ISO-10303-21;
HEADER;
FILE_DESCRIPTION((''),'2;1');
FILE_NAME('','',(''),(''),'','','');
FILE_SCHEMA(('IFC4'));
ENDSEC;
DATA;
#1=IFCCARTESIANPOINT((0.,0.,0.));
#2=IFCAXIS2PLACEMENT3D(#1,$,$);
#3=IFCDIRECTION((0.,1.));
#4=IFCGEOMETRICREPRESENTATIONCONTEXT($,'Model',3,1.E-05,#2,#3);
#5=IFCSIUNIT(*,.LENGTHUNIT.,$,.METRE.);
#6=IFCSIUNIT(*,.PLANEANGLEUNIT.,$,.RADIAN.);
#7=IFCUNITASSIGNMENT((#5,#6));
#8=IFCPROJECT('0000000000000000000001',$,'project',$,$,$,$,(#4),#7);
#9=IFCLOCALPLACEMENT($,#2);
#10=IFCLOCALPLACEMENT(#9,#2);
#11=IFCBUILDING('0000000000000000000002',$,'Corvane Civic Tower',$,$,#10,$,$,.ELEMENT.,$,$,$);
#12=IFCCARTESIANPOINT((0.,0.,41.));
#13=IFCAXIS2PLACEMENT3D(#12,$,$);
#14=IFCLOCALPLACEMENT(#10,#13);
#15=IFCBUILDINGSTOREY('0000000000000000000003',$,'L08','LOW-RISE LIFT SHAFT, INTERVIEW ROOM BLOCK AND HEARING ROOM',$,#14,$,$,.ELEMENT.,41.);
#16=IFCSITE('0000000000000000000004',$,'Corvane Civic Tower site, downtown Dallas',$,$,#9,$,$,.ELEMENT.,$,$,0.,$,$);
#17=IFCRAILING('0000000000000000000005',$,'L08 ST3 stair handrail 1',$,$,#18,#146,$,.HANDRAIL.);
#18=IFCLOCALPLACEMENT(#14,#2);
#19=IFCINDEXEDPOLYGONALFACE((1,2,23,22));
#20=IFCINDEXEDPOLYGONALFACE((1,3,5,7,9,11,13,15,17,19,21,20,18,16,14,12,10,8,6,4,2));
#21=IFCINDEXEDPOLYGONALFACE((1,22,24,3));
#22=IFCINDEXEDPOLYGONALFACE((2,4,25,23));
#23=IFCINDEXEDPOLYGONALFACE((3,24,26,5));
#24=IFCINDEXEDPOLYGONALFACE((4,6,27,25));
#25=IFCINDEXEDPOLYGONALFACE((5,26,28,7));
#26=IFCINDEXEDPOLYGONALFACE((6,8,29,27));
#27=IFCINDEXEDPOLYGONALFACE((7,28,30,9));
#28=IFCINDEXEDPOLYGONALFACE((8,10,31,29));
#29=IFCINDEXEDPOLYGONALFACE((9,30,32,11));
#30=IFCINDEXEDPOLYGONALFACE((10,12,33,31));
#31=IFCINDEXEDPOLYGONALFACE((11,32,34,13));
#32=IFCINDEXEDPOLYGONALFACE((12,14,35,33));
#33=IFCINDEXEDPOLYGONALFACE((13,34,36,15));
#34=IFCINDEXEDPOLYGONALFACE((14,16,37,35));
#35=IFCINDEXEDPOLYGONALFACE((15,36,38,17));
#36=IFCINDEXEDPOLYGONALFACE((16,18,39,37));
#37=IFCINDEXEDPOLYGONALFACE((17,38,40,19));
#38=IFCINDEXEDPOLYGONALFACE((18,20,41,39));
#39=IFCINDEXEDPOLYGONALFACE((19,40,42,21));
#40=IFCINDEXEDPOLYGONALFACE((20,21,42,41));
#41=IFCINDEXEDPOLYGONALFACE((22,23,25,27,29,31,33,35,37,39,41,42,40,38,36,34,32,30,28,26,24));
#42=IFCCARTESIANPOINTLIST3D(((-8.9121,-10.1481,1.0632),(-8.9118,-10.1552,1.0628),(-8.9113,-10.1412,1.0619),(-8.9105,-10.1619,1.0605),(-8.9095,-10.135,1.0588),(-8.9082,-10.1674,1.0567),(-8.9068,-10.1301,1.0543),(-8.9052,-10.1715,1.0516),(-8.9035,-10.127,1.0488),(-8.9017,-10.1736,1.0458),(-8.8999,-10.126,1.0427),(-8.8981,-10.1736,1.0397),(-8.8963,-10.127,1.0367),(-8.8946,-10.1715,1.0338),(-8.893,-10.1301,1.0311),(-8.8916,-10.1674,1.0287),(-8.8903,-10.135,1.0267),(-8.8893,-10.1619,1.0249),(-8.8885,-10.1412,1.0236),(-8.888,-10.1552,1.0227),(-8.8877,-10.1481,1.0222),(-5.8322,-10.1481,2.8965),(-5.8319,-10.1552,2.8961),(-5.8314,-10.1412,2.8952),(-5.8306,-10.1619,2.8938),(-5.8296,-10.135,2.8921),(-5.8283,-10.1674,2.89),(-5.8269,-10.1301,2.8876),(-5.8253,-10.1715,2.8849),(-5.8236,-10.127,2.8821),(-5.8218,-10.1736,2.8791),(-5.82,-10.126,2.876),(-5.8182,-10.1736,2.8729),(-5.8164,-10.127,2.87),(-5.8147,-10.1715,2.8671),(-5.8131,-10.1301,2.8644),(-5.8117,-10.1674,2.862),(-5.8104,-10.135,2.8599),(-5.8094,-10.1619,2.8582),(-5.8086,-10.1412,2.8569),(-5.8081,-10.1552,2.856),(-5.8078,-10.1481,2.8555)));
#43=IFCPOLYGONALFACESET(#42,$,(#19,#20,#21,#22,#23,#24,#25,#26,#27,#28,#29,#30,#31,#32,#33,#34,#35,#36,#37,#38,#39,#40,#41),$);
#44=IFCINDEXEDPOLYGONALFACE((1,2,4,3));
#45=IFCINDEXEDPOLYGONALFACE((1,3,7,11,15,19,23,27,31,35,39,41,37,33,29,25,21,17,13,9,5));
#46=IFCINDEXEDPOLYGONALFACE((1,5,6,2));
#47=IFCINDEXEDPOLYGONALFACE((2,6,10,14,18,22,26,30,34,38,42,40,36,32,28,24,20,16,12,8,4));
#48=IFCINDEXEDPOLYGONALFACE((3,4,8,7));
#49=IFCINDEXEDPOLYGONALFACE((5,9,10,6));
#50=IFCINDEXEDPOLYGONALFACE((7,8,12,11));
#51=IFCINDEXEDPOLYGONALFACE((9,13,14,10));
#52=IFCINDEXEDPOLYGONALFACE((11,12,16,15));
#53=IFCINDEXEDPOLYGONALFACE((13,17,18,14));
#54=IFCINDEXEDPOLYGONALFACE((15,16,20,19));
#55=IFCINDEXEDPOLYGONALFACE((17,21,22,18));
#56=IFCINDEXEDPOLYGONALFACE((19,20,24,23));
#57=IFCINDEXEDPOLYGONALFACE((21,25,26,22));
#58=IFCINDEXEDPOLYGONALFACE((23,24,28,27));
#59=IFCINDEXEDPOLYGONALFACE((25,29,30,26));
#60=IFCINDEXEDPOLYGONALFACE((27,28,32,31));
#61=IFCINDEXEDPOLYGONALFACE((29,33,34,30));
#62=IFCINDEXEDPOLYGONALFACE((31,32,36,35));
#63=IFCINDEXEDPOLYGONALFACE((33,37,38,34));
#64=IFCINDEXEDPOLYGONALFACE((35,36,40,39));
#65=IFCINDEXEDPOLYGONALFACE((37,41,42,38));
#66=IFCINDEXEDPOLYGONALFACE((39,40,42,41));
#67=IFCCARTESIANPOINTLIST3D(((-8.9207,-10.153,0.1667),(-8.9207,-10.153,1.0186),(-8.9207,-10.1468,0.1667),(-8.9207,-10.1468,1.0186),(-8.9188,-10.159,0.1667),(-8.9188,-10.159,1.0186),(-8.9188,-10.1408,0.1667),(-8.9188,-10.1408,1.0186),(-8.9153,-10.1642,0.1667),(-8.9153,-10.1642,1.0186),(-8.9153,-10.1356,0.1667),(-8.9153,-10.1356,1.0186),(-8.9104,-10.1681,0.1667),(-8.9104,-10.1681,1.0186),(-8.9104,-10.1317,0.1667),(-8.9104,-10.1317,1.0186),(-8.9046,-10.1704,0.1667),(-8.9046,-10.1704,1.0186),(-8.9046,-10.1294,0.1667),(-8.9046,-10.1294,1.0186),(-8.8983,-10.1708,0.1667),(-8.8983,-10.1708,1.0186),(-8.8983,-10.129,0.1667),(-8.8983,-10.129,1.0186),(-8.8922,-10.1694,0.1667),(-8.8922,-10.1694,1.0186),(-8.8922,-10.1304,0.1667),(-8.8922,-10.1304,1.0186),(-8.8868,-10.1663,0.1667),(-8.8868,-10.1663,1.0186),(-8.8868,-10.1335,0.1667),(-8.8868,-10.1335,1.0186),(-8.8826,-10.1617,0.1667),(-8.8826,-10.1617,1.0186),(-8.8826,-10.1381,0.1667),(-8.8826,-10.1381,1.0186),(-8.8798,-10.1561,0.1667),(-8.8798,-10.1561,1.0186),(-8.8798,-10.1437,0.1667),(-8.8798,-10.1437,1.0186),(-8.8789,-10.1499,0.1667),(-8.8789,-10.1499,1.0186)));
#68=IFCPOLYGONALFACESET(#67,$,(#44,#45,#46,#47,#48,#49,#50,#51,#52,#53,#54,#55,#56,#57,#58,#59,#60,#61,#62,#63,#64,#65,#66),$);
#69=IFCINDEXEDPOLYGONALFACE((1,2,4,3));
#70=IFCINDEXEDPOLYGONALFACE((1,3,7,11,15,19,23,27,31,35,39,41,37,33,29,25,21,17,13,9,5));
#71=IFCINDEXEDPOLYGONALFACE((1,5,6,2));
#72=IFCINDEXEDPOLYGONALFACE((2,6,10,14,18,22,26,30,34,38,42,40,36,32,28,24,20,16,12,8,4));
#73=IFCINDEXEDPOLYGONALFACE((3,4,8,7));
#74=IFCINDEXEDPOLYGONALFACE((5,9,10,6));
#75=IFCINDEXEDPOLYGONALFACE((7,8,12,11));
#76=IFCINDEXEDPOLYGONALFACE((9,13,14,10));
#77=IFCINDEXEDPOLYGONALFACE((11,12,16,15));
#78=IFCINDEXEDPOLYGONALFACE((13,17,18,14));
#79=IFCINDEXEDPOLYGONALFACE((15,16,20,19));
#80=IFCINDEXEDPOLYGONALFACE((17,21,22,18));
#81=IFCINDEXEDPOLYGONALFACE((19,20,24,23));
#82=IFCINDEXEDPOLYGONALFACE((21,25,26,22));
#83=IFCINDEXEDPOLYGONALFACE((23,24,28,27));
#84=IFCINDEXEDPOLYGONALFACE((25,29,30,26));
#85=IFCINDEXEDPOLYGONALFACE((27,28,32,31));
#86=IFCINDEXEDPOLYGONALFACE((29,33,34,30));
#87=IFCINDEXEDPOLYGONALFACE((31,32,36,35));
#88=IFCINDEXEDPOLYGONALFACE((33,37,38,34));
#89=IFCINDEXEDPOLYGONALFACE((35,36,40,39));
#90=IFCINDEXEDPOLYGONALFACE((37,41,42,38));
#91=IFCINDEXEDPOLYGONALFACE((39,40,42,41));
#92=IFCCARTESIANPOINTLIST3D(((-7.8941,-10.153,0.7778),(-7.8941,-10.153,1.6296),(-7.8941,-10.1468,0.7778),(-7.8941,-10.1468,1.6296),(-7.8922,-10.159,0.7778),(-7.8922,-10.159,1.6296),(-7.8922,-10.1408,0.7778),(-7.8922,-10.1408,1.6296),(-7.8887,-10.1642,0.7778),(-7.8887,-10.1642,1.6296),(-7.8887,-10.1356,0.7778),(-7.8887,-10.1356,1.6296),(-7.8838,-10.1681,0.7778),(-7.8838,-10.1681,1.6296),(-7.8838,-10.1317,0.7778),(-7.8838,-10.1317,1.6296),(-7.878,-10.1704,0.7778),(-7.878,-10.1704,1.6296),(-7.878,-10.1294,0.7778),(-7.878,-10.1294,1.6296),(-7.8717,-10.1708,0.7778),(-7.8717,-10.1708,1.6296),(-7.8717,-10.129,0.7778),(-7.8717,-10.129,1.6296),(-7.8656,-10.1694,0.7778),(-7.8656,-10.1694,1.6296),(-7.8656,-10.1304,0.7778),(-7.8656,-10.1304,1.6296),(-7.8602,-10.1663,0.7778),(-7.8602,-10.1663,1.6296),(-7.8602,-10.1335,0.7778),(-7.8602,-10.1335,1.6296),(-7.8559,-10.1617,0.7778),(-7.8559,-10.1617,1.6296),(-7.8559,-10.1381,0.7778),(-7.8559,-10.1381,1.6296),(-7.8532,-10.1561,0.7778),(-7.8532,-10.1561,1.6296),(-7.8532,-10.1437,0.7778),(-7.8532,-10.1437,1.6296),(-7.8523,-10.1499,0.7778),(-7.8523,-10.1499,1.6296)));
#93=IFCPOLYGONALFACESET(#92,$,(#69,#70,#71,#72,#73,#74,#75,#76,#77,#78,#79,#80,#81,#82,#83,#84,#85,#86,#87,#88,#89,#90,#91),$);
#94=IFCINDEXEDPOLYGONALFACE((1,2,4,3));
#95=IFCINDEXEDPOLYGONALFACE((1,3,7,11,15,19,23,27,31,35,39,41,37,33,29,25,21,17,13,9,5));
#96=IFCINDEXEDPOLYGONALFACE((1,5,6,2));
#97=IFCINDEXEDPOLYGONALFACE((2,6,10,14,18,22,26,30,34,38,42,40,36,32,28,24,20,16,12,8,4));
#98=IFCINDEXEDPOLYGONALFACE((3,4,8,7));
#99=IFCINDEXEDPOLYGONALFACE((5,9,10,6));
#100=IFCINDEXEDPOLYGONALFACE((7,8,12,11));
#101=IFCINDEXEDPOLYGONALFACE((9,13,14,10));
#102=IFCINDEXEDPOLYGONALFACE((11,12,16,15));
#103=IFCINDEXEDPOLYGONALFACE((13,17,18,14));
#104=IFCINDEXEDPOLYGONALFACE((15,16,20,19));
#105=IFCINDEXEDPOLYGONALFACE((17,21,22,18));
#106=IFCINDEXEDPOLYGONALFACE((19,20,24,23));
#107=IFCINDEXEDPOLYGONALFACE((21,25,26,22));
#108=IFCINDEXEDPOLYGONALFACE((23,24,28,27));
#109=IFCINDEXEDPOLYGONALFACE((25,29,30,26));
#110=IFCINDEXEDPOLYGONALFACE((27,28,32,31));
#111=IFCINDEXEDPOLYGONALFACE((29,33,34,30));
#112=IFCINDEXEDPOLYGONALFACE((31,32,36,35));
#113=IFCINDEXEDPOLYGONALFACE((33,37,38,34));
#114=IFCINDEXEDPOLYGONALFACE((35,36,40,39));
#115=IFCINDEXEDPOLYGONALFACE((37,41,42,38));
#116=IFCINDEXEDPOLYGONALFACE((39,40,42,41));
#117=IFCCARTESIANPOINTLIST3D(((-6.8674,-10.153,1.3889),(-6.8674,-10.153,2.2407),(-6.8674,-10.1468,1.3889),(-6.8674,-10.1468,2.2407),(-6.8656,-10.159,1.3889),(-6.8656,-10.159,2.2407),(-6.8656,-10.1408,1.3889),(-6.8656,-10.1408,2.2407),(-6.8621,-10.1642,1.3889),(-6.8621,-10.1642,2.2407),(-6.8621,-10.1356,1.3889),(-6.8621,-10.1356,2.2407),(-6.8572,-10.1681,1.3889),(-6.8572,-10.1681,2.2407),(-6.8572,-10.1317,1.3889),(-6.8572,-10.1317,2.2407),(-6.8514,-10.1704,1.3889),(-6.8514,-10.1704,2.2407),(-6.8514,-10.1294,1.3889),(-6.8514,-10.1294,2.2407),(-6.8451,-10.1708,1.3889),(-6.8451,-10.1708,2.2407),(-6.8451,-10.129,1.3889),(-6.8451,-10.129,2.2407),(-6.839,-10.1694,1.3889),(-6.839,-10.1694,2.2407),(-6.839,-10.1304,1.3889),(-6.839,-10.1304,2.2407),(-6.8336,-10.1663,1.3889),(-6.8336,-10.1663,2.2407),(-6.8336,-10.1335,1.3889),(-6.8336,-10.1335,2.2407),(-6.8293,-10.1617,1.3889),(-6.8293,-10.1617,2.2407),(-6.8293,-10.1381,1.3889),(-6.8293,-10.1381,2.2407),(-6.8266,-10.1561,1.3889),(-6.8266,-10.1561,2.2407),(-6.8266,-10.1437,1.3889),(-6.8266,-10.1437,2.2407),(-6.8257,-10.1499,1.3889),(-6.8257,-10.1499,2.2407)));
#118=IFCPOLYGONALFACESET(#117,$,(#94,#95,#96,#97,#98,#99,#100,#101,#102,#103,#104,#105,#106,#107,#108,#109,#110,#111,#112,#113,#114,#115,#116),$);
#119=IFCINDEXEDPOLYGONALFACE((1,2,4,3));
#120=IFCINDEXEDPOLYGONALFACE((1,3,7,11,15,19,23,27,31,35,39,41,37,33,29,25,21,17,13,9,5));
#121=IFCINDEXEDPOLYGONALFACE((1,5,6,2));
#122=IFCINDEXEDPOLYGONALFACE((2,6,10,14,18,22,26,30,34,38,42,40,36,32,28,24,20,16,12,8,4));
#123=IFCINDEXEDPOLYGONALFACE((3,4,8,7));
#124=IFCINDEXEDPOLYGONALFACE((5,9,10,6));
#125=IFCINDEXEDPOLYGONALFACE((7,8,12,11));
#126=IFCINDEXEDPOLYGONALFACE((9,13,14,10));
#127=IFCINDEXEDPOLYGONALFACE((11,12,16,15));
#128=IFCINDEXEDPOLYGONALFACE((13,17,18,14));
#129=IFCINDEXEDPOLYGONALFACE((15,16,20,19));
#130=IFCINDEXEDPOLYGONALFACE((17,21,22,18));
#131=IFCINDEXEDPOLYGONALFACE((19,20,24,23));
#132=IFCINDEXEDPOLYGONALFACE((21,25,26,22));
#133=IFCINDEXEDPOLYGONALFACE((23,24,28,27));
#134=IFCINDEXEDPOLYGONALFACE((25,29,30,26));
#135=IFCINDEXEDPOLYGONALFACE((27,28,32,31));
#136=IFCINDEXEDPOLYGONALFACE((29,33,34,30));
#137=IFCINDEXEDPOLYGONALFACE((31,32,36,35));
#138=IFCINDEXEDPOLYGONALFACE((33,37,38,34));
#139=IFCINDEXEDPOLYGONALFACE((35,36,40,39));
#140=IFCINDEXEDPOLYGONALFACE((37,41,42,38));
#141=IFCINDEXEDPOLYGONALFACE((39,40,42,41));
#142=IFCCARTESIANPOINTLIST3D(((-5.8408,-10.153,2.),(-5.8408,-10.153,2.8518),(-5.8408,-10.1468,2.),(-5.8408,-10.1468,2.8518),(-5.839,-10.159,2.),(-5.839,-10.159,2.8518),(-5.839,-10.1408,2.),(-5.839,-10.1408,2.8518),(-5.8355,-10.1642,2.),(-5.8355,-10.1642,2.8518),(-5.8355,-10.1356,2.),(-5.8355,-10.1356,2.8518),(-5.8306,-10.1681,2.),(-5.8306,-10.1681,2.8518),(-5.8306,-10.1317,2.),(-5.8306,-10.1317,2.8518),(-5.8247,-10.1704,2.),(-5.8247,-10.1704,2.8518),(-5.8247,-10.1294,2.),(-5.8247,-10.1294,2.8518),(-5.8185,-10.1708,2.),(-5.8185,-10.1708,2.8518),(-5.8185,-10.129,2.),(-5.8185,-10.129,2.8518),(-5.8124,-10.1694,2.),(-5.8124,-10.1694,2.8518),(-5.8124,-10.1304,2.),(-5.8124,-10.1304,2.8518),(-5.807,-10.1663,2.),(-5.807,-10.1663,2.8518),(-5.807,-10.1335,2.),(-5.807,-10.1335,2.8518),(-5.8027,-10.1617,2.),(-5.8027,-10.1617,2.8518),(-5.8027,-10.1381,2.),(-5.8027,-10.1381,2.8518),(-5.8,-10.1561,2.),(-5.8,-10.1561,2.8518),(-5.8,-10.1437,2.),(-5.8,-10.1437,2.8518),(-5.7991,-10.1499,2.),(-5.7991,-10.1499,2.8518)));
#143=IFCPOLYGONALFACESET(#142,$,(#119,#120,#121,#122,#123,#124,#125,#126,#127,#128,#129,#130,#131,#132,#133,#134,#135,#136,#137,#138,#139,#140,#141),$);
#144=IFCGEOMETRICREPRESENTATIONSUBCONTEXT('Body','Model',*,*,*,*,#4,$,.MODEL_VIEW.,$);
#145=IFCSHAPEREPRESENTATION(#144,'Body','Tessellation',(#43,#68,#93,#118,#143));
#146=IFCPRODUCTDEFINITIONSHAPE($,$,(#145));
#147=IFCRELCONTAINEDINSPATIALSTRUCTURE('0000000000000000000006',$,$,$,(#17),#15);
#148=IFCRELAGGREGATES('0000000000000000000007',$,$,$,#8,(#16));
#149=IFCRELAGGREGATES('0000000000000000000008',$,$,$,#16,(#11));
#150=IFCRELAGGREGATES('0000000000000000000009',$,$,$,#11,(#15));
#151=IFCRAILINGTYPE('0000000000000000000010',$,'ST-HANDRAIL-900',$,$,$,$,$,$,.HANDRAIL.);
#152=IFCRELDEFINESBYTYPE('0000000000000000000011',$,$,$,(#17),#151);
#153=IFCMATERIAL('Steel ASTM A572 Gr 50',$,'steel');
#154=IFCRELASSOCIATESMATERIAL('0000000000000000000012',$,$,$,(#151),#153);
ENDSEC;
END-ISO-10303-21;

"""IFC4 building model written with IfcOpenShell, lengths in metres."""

from ifc_helpers import new_model, si_unit, direction, frame, origin, origin_2d, place, context, subcontext, project, spatial, circle, extrude, material, type_object, element, save


model = new_model("IFC4")

# Units and contexts
model_context = context("Model", 3, precision=1e-05, world=origin(), true_north=direction((0.0, 1.0)))
body_context = subcontext(model_context, "Body", "Model", "MODEL_VIEW")
ifc_project = project(units=[si_unit("LENGTHUNIT", "METRE"), si_unit("PLANEANGLEUNIT", "RADIAN")], contexts=[model_context])

# Site, building, storey
site_placement = place(None, origin())
site = spatial("IfcSite", under=ifc_project, at=site_placement, Name="Corvane Civic Tower site, downtown Dallas", CompositionType="ELEMENT", RefElevation=0.0)
building_placement = place(site_placement, origin())
building = spatial("IfcBuilding", under=site, at=building_placement, Name="Corvane Civic Tower", CompositionType="ELEMENT")
storey_placement = place(building_placement, frame((0.0, 0.0, 41.0)))
storey = spatial("IfcBuildingStorey", under=building, at=storey_placement, Name="L08", Description="LOW-RISE LIFT SHAFT, INTERVIEW ROOM BLOCK AND HEARING ROOM", CompositionType="ELEMENT", Elevation=41.0)

# Railing
ifc_material_1 = material(Name="Steel ASTM A572 Gr 50", Category="steel")
railing_type_1 = type_object("IfcRailingType", Name="ST-HANDRAIL-900", PredefinedType="HANDRAIL", material=ifc_material_1)
railing_1_placement = place(storey_placement, frame((-8.8999, -10.1499, 0.1667)))
element("IfcRailing", 1, at=railing_1_placement, inside=storey, type_object=railing_type_1, Name="L08 ST3 stair handrail 1", PredefinedType="HANDRAIL", context=body_context, shape_type="SweptSolid", body=[
    extrude(circle(Radius=0.0239, at=origin_2d()), frame((0.0, 0.0, 0.876), z_axis=(0.859291, 0.0, 0.511487), x_axis=(0.0, 1.0, 0.0)), (0.0, 0.0, 1.0), 3.5842),
    extrude(circle(Radius=0.021, at=origin_2d()), origin(), (0.0, 0.0, 1.0), 0.8518),
    extrude(circle(Radius=0.021, at=origin_2d()), frame((1.0266, 0.0, 0.6111)), (0.0, 0.0, 1.0), 0.8518),
    extrude(circle(Radius=0.021, at=origin_2d()), frame((2.0532, 0.0, 1.2222)), (0.0, 0.0, 1.0), 0.8518),
    extrude(circle(Radius=0.021, at=origin_2d()), frame((3.0798, 0.0, 1.8333)), (0.0, 0.0, 1.0), 0.8518),
])

save(model, "model.ifc")
